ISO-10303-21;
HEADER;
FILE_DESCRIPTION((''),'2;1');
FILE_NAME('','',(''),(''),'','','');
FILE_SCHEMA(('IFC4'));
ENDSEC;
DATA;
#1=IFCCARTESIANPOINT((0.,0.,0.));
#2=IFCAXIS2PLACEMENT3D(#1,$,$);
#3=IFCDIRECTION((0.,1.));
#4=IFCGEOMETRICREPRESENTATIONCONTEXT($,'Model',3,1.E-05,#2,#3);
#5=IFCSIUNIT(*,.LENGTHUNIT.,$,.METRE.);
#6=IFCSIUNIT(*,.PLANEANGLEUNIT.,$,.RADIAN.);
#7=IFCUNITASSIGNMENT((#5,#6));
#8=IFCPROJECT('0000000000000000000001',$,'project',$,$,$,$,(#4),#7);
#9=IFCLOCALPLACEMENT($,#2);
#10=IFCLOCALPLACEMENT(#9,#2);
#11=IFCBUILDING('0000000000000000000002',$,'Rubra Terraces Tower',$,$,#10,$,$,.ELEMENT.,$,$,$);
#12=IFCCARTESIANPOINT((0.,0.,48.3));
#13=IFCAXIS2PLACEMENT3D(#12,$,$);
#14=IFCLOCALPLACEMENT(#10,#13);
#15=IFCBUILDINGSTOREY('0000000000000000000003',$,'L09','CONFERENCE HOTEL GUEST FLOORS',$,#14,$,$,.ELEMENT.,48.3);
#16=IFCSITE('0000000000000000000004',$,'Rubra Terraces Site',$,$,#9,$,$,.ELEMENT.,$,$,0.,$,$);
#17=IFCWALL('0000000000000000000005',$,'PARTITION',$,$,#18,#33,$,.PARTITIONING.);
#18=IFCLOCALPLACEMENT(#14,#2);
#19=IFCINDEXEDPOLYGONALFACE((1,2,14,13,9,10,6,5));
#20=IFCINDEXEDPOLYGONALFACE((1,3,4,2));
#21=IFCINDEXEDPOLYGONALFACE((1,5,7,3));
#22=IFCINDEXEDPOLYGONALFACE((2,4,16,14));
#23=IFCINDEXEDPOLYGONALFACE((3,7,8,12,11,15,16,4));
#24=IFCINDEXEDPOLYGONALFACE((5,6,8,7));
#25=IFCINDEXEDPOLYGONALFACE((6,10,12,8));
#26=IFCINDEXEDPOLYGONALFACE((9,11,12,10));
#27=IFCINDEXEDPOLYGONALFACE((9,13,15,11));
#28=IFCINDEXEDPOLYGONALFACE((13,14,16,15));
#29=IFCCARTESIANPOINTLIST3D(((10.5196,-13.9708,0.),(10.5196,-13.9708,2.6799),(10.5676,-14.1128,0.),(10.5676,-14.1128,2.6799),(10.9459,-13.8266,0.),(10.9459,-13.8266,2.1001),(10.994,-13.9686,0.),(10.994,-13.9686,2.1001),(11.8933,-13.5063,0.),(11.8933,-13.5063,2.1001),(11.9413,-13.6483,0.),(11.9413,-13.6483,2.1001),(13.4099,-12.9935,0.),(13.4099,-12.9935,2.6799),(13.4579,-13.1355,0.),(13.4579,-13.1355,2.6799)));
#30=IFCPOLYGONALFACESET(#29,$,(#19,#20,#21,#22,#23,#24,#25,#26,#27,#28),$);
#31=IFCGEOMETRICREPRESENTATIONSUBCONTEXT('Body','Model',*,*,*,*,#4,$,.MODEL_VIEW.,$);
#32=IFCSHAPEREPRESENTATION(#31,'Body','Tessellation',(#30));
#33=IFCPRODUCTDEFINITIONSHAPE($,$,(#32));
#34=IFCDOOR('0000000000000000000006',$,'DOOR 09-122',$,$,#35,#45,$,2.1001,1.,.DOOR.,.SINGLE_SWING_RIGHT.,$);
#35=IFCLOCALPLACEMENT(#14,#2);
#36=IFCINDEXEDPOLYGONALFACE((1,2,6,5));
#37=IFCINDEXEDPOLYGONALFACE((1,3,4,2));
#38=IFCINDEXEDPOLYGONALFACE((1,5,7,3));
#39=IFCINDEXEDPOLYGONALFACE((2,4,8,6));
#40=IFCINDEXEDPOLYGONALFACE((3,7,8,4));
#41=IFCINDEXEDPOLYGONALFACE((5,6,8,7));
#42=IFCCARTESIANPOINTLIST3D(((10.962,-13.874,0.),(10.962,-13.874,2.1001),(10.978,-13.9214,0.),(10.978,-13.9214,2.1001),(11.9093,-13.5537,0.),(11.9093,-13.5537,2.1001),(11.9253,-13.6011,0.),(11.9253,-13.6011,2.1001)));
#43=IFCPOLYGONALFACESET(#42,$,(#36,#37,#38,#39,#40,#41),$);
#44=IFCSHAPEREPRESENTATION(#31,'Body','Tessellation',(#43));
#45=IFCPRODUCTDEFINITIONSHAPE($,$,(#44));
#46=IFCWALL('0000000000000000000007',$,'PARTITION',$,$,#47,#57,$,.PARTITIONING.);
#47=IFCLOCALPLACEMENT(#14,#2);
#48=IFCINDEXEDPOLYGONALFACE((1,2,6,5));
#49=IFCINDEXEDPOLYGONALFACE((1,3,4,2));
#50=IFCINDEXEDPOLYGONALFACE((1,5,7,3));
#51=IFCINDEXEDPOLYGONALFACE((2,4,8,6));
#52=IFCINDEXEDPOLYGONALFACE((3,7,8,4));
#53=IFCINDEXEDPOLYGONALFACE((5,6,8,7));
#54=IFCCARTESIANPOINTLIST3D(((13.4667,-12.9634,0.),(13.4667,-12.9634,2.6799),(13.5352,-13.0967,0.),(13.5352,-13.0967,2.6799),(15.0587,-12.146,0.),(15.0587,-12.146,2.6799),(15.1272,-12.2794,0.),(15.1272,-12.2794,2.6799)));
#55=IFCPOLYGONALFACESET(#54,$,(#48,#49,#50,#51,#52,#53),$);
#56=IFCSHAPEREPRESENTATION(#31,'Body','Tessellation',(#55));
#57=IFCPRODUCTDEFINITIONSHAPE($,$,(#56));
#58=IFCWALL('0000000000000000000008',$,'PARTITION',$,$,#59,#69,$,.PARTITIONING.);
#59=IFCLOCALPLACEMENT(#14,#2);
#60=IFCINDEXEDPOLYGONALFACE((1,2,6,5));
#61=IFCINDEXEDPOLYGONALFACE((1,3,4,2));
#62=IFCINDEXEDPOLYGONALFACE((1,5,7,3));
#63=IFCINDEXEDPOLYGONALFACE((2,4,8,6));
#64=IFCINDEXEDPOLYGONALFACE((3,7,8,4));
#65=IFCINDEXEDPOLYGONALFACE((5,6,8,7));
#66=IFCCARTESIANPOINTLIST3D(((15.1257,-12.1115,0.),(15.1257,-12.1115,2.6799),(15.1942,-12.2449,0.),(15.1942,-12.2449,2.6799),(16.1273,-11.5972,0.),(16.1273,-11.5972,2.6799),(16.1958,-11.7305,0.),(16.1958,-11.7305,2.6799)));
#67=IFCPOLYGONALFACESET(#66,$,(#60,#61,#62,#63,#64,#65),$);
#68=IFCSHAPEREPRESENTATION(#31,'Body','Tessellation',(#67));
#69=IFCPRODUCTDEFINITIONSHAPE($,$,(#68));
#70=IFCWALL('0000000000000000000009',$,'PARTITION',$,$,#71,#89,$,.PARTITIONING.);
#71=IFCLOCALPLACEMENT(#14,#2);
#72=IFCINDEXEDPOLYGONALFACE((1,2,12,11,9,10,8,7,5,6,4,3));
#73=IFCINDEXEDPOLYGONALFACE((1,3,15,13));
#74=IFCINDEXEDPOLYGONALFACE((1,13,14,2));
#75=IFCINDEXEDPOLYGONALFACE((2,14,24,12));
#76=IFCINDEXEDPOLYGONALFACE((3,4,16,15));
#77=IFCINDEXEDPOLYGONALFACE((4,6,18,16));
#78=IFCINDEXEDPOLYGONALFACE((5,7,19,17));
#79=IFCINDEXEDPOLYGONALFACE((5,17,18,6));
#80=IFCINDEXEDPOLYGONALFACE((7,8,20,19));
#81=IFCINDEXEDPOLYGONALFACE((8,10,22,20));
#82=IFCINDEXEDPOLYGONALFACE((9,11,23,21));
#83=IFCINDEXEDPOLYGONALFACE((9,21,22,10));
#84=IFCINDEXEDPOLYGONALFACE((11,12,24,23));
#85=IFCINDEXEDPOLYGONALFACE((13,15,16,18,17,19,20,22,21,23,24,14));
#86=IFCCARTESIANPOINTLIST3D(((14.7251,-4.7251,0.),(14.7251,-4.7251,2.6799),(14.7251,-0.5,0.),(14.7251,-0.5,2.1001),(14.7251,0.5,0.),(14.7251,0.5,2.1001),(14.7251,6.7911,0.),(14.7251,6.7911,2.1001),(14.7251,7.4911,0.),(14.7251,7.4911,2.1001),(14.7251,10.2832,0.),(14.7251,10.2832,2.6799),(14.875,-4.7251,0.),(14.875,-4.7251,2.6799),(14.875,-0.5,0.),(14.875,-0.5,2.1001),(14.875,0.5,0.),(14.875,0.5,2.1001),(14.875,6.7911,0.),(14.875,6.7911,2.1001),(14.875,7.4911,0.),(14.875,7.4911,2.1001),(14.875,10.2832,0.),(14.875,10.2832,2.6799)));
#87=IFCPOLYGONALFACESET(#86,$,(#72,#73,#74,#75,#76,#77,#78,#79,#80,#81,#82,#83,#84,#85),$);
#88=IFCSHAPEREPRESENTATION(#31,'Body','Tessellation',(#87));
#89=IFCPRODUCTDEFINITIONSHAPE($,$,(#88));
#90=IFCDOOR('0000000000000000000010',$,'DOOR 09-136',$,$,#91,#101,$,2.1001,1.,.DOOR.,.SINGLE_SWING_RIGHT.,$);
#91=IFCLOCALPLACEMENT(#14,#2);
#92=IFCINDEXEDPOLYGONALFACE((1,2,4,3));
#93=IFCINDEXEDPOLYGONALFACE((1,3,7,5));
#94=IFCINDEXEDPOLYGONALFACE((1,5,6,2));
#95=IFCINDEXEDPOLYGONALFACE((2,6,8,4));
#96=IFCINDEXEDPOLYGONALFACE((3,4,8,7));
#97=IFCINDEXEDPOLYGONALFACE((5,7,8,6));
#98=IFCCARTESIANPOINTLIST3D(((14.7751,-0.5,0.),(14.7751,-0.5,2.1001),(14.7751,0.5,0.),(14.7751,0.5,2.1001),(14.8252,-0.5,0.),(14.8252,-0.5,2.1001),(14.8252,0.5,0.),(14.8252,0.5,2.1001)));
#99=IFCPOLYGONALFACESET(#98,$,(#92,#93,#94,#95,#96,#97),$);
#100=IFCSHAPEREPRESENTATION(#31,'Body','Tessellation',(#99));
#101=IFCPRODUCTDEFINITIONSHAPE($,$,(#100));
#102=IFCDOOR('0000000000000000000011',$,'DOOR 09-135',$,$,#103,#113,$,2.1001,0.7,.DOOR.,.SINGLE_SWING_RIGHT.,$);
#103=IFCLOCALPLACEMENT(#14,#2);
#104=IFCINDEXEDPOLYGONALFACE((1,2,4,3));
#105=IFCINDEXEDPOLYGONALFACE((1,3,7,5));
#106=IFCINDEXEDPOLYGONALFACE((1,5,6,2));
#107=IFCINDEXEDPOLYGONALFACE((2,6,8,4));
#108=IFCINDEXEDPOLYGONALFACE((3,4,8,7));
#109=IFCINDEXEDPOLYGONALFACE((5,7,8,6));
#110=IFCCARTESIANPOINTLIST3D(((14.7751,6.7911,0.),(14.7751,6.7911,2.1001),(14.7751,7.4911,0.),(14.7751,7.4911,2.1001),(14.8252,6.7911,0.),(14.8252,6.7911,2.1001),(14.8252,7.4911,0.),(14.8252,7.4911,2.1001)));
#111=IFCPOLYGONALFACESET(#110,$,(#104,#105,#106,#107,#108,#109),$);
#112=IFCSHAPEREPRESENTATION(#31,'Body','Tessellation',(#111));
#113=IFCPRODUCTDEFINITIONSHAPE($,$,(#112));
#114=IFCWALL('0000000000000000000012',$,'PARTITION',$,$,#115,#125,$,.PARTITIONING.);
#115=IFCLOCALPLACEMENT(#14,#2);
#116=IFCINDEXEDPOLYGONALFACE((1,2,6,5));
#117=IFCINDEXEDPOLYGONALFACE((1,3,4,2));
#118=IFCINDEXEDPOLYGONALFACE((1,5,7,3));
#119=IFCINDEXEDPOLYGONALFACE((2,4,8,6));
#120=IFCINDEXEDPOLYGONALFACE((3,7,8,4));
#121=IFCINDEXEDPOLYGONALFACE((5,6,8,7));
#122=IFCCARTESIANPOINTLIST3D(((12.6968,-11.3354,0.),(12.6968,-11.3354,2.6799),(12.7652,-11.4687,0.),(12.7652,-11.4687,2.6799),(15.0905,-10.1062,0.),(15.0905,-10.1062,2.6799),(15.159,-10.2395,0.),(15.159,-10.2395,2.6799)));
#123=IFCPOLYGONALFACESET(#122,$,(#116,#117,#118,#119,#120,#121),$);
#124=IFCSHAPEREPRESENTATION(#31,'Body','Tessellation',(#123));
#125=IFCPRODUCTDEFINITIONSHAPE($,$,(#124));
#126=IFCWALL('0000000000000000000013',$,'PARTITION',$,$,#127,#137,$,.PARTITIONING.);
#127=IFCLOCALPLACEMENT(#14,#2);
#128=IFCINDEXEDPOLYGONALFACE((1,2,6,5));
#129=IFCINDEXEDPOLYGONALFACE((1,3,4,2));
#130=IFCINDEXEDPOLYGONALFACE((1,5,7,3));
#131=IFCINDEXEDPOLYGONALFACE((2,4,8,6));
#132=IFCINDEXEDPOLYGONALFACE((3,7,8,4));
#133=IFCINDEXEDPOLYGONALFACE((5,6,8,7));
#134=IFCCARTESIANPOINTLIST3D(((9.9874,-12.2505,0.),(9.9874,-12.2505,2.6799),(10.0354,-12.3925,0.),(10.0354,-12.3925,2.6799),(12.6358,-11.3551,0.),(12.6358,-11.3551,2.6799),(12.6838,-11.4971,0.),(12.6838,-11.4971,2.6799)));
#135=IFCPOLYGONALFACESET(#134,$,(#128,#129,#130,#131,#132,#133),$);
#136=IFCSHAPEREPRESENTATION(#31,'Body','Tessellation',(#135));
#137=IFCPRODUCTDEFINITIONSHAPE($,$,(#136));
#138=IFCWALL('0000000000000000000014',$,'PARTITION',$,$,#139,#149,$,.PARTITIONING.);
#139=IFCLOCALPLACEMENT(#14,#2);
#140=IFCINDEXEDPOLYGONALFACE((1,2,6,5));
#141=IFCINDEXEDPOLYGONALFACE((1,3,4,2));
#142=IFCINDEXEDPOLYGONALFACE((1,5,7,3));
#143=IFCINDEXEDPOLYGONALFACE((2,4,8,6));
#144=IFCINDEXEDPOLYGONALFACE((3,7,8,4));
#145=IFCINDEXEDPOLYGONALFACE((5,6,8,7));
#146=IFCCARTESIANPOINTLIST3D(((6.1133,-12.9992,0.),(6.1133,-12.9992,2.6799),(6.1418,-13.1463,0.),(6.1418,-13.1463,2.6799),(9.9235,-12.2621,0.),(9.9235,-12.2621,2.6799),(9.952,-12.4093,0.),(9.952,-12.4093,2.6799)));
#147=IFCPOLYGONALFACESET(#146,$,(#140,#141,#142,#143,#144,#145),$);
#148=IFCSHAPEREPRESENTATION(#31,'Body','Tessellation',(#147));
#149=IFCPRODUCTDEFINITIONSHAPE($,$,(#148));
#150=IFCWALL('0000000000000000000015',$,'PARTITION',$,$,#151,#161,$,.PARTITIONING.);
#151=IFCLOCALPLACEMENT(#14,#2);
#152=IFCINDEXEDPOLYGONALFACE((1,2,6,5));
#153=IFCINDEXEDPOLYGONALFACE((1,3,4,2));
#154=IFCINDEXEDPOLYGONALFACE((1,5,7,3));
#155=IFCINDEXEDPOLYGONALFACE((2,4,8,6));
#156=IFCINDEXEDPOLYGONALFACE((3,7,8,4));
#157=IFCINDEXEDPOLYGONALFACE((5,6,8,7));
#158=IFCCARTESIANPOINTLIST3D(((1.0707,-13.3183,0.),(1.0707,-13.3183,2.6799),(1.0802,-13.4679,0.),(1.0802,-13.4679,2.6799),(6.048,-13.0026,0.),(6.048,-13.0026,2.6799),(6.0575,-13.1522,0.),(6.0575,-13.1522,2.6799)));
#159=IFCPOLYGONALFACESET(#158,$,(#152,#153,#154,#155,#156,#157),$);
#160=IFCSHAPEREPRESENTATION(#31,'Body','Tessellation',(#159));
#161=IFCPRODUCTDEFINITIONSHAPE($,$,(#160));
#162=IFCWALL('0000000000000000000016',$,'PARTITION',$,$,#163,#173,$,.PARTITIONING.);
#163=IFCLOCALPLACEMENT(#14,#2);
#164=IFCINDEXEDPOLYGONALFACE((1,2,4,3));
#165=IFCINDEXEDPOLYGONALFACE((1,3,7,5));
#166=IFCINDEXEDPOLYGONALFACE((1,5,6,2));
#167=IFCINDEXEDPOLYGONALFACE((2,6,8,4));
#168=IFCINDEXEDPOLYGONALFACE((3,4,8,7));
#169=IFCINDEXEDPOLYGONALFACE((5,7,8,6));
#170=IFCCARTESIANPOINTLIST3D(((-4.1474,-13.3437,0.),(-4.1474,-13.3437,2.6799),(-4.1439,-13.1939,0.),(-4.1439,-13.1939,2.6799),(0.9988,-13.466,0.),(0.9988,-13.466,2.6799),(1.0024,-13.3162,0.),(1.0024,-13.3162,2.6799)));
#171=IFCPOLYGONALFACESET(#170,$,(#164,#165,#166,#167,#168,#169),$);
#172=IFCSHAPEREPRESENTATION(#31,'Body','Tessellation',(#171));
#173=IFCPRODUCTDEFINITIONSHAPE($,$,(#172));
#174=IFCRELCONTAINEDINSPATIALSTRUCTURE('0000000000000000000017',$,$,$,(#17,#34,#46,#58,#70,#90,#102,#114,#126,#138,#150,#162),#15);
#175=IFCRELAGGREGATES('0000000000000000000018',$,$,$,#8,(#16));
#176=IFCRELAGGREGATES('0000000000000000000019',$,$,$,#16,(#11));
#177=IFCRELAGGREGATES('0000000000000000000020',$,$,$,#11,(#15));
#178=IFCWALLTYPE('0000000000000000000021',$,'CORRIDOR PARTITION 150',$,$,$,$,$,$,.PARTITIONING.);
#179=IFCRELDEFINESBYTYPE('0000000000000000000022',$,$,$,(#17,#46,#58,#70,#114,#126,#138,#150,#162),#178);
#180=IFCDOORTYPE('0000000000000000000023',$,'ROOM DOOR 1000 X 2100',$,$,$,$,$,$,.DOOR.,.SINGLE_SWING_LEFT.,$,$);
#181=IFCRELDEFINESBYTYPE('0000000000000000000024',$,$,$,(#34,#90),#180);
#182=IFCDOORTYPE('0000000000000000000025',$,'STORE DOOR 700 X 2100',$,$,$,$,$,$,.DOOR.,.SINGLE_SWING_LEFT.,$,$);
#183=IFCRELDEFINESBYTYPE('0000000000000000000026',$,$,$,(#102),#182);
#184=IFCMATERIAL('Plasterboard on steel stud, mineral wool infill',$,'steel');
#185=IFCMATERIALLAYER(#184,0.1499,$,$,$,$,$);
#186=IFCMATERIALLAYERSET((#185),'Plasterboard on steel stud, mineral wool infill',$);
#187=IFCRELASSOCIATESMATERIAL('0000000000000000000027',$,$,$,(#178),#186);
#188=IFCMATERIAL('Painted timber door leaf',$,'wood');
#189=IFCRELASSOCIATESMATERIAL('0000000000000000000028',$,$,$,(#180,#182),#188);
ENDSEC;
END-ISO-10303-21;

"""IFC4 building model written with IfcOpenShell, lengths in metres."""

from ifc_helpers import new_model, si_unit, direction, frame, frame_2d, origin, place, context, subcontext, project, spatial, rectangle, extrude, material, layer, layer_set, type_object, element, fill, save


model = new_model("IFC4")

# Units and contexts
model_context = context("Model", 3, precision=1e-05, world=origin(), true_north=direction((0.0, 1.0)))
body_context = subcontext(model_context, "Body", "Model", "MODEL_VIEW")
ifc_project = project(units=[si_unit("LENGTHUNIT", "METRE"), si_unit("PLANEANGLEUNIT", "RADIAN")], contexts=[model_context])

# Site, building, storey
site_placement = place(None, origin())
site = spatial("IfcSite", under=ifc_project, at=site_placement, Name="Rubra Terraces Site", CompositionType="ELEMENT", RefElevation=0.0)
building_placement = place(site_placement, origin())
building = spatial("IfcBuilding", under=site, at=building_placement, Name="Rubra Terraces Tower", CompositionType="ELEMENT")
storey_placement = place(building_placement, frame((0.0, 0.0, 48.3)))
storey = spatial("IfcBuildingStorey", under=building, at=storey_placement, Name="L09", Description="CONFERENCE HOTEL GUEST FLOORS", CompositionType="ELEMENT", Elevation=48.3)

# Shared definitions
ifc_material_1 = material(Name="Plasterboard on steel stud, mineral wool infill", Category="steel")
ifc_layer_1 = layer(ifc_material_1, 0.1499)
ifc_layer_set_1 = layer_set([ifc_layer_1], Name="Plasterboard on steel stud, mineral wool infill")
wall_type_1 = type_object("IfcWallType", Name="CORRIDOR PARTITION 150", PredefinedType="PARTITIONING", material=ifc_layer_set_1)

# Wall, opening, door
wall_1_placement = place(storey_placement, frame((10.5437, -14.0417, 0.0), z_axis=(0.0, 0.0, 1.0), x_axis=(0.947314, 0.320306, 0.0)))
wall_1 = element("IfcWall", 1, at=wall_1_placement, inside=storey, type_object=wall_type_1, Name="PARTITION", PredefinedType="PARTITIONING", context=body_context, shape_type="SweptSolid", body=[
    extrude(rectangle(XDim=3.051, YDim=0.1499, at=frame_2d((1.5254, 0.0))), origin(), (0.0, 0.0, 1.0), 2.6799),
])
opening_1_placement = place(wall_1_placement, frame((0.45, 0.0, 0.0)))
opening_1 = element("IfcOpeningElement", 2, at=opening_1_placement, cuts=wall_1, PredefinedType="OPENING", context=body_context, shape_type="SweptSolid", body=[
    extrude(rectangle(XDim=1.0, YDim=2.1001, at=frame_2d((0.5, 1.05))), frame((0.0, 0.085, 0.0), z_axis=(0.0, -1.0, 0.0), x_axis=(1.0, 0.0, 0.0)), (0.0, 0.0, 1.0), 0.1699),
])
ifc_material_2 = material(Name="Painted timber door leaf", Category="wood")
door_type_1 = type_object("IfcDoorType", Name="ROOM DOOR 1000 X 2100", OperationType="SINGLE_SWING_LEFT", PredefinedType="DOOR", material=ifc_material_2)
door_1_placement = place(opening_1_placement, origin())
door_1 = element("IfcDoor", 3, at=door_1_placement, inside=storey, type_object=door_type_1, Name="DOOR 09-122", OperationType="SINGLE_SWING_RIGHT", OverallHeight=2.1001, OverallWidth=1.0, PredefinedType="DOOR", context=body_context, shape_type="SweptSolid", body=[
    extrude(rectangle(XDim=1.0, YDim=2.1001, at=frame_2d((0.5, 1.05))), frame((0.0, 0.0249, 0.0), z_axis=(0.0, -1.0, 0.0), x_axis=(1.0, 0.0, 0.0)), (0.0, 0.0, 1.0), 0.05),
])
fill(opening_1, door_1)

# Walls
wall_2_placement = place(storey_placement, frame((13.501, -13.03, 0.0), z_axis=(0.0, 0.0, 1.0), x_axis=(0.889601, 0.456738, 0.0)))
element("IfcWall", 4, at=wall_2_placement, inside=storey, type_object=wall_type_1, Name="PARTITION", PredefinedType="PARTITIONING", context=body_context, shape_type="SweptSolid", body=[
    extrude(rectangle(XDim=1.7896, YDim=0.1499, at=frame_2d((0.8948, 0.0))), origin(), (0.0, 0.0, 1.0), 2.6799),
])
wall_3_placement = place(storey_placement, frame((15.1599, -12.1782, 0.0), z_axis=(0.0, 0.0, 1.0), x_axis=(0.889562, 0.456814, 0.0)))
element("IfcWall", 5, at=wall_3_placement, inside=storey, type_object=wall_type_1, Name="PARTITION", PredefinedType="PARTITIONING", context=body_context, shape_type="SweptSolid", body=[
    extrude(rectangle(XDim=1.126, YDim=0.1499, at=frame_2d((0.563, 0.0))), origin(), (0.0, 0.0, 1.0), 2.6799),
])

# Wall, openings, doors
wall_4_placement = place(storey_placement, frame((14.8, -4.7251, 0.0), z_axis=(0.0, 0.0, 1.0), x_axis=(0.0, 1.0, 0.0)))
wall_4 = element("IfcWall", 6, at=wall_4_placement, inside=storey, type_object=wall_type_1, Name="PARTITION", PredefinedType="PARTITIONING", context=body_context, shape_type="SweptSolid", body=[
    extrude(rectangle(XDim=15.0083, YDim=0.1499, at=frame_2d((7.5042, 0.0))), origin(), (0.0, 0.0, 1.0), 2.6799),
])
opening_2_placement = place(wall_4_placement, frame((11.5161, 0.0, 0.0)))
opening_2 = element("IfcOpeningElement", 7, at=opening_2_placement, cuts=wall_4, PredefinedType="OPENING", context=body_context, shape_type="SweptSolid", body=[
    extrude(rectangle(XDim=0.7, YDim=2.1001, at=frame_2d((0.3501, 1.05))), frame((0.0, 0.085, 0.0), z_axis=(0.0, -1.0, 0.0), x_axis=(1.0, 0.0, 0.0)), (0.0, 0.0, 1.0), 0.1699),
])
opening_3_placement = place(wall_4_placement, frame((4.2251, 0.0, 0.0)))
opening_3 = element("IfcOpeningElement", 8, at=opening_3_placement, cuts=wall_4, PredefinedType="OPENING", context=body_context, shape_type="SweptSolid", body=[
    extrude(rectangle(XDim=1.0, YDim=2.1001, at=frame_2d((0.5, 1.05))), frame((0.0, 0.085, 0.0), z_axis=(0.0, -1.0, 0.0), x_axis=(1.0, 0.0, 0.0)), (0.0, 0.0, 1.0), 0.1699),
])
door_2_placement = place(opening_3_placement, origin())
door_2 = element("IfcDoor", 9, at=door_2_placement, inside=storey, type_object=door_type_1, Name="DOOR 09-136", OperationType="SINGLE_SWING_RIGHT", OverallHeight=2.1001, OverallWidth=1.0, PredefinedType="DOOR", context=body_context, shape_type="SweptSolid", body=[
    extrude(rectangle(XDim=1.0, YDim=2.1001, at=frame_2d((0.5, 1.05))), frame((0.0, 0.0249, 0.0), z_axis=(0.0, -1.0, 0.0), x_axis=(1.0, 0.0, 0.0)), (0.0, 0.0, 1.0), 0.05),
])
fill(opening_3, door_2)
door_type_2 = type_object("IfcDoorType", Name="STORE DOOR 700 X 2100", OperationType="SINGLE_SWING_LEFT", PredefinedType="DOOR", material=ifc_material_2)
door_3_placement = place(opening_2_placement, origin())
door_3 = element("IfcDoor", 10, at=door_3_placement, inside=storey, type_object=door_type_2, Name="DOOR 09-135", OperationType="SINGLE_SWING_RIGHT", OverallHeight=2.1001, OverallWidth=0.7, PredefinedType="DOOR", context=body_context, shape_type="SweptSolid", body=[
    extrude(rectangle(XDim=0.7, YDim=2.1001, at=frame_2d((0.3501, 1.05))), frame((0.0, 0.0249, 0.0), z_axis=(0.0, -1.0, 0.0), x_axis=(1.0, 0.0, 0.0)), (0.0, 0.0, 1.0), 0.05),
])
fill(opening_2, door_3)

# Walls
wall_5_placement = place(storey_placement, frame((15.1248, -10.1729, 0.0), z_axis=(0.0, 0.0, 1.0), x_axis=(-0.889567, -0.456805, 0.0)))
element("IfcWall", 11, at=wall_5_placement, inside=storey, type_object=wall_type_1, Name="PARTITION", PredefinedType="PARTITIONING", context=body_context, shape_type="SweptSolid", body=[
    extrude(rectangle(XDim=2.6909, YDim=0.1499, at=frame_2d((1.3455, 0.0))), origin(), (0.0, 0.0, 1.0), 2.6799),
])
wall_6_placement = place(storey_placement, frame((12.6599, -11.426, 0.0), z_axis=(0.0, 0.0, 1.0), x_axis=(-0.947312, -0.320312, 0.0)))
element("IfcWall", 12, at=wall_6_placement, inside=storey, type_object=wall_type_1, Name="PARTITION", PredefinedType="PARTITIONING", context=body_context, shape_type="SweptSolid", body=[
    extrude(rectangle(XDim=2.7957, YDim=0.1499, at=frame_2d((1.3979, 0.0))), origin(), (0.0, 0.0, 1.0), 2.6799),
])
wall_7_placement = place(storey_placement, frame((9.9377, -12.3357, 0.0), z_axis=(0.0, 0.0, 1.0), x_axis=(-0.9818, -0.189918, 0.0)))
element("IfcWall", 13, at=wall_7_placement, inside=storey, type_object=wall_type_1, Name="PARTITION", PredefinedType="PARTITIONING", context=body_context, shape_type="SweptSolid", body=[
    extrude(rectangle(XDim=3.8809, YDim=0.1499, at=frame_2d((1.9404, 0.0))), origin(), (0.0, 0.0, 1.0), 2.6799),
])
wall_8_placement = place(storey_placement, frame((6.0527, -13.0774, 0.0), z_axis=(0.0, 0.0, 1.0), x_axis=(-0.997995, -0.063296, 0.0)))
element("IfcWall", 14, at=wall_8_placement, inside=storey, type_object=wall_type_1, Name="PARTITION", PredefinedType="PARTITIONING", context=body_context, shape_type="SweptSolid", body=[
    extrude(rectangle(XDim=4.9873, YDim=0.1499, at=frame_2d((2.4937, 0.0))), origin(), (0.0, 0.0, 1.0), 2.6799),
])
wall_9_placement = place(storey_placement, frame((1.0005, -13.3911, 0.0), z_axis=(0.0, 0.0, 1.0), x_axis=(-0.999718, 0.023761, 0.0)))
element("IfcWall", 15, at=wall_9_placement, inside=storey, type_object=wall_type_1, Name="PARTITION", PredefinedType="PARTITIONING", context=body_context, shape_type="SweptSolid", body=[
    extrude(rectangle(XDim=5.1477, YDim=0.1499, at=frame_2d((2.5737, 0.0))), origin(), (0.0, 0.0, 1.0), 2.6799),
])

save(model, "model.ifc")
